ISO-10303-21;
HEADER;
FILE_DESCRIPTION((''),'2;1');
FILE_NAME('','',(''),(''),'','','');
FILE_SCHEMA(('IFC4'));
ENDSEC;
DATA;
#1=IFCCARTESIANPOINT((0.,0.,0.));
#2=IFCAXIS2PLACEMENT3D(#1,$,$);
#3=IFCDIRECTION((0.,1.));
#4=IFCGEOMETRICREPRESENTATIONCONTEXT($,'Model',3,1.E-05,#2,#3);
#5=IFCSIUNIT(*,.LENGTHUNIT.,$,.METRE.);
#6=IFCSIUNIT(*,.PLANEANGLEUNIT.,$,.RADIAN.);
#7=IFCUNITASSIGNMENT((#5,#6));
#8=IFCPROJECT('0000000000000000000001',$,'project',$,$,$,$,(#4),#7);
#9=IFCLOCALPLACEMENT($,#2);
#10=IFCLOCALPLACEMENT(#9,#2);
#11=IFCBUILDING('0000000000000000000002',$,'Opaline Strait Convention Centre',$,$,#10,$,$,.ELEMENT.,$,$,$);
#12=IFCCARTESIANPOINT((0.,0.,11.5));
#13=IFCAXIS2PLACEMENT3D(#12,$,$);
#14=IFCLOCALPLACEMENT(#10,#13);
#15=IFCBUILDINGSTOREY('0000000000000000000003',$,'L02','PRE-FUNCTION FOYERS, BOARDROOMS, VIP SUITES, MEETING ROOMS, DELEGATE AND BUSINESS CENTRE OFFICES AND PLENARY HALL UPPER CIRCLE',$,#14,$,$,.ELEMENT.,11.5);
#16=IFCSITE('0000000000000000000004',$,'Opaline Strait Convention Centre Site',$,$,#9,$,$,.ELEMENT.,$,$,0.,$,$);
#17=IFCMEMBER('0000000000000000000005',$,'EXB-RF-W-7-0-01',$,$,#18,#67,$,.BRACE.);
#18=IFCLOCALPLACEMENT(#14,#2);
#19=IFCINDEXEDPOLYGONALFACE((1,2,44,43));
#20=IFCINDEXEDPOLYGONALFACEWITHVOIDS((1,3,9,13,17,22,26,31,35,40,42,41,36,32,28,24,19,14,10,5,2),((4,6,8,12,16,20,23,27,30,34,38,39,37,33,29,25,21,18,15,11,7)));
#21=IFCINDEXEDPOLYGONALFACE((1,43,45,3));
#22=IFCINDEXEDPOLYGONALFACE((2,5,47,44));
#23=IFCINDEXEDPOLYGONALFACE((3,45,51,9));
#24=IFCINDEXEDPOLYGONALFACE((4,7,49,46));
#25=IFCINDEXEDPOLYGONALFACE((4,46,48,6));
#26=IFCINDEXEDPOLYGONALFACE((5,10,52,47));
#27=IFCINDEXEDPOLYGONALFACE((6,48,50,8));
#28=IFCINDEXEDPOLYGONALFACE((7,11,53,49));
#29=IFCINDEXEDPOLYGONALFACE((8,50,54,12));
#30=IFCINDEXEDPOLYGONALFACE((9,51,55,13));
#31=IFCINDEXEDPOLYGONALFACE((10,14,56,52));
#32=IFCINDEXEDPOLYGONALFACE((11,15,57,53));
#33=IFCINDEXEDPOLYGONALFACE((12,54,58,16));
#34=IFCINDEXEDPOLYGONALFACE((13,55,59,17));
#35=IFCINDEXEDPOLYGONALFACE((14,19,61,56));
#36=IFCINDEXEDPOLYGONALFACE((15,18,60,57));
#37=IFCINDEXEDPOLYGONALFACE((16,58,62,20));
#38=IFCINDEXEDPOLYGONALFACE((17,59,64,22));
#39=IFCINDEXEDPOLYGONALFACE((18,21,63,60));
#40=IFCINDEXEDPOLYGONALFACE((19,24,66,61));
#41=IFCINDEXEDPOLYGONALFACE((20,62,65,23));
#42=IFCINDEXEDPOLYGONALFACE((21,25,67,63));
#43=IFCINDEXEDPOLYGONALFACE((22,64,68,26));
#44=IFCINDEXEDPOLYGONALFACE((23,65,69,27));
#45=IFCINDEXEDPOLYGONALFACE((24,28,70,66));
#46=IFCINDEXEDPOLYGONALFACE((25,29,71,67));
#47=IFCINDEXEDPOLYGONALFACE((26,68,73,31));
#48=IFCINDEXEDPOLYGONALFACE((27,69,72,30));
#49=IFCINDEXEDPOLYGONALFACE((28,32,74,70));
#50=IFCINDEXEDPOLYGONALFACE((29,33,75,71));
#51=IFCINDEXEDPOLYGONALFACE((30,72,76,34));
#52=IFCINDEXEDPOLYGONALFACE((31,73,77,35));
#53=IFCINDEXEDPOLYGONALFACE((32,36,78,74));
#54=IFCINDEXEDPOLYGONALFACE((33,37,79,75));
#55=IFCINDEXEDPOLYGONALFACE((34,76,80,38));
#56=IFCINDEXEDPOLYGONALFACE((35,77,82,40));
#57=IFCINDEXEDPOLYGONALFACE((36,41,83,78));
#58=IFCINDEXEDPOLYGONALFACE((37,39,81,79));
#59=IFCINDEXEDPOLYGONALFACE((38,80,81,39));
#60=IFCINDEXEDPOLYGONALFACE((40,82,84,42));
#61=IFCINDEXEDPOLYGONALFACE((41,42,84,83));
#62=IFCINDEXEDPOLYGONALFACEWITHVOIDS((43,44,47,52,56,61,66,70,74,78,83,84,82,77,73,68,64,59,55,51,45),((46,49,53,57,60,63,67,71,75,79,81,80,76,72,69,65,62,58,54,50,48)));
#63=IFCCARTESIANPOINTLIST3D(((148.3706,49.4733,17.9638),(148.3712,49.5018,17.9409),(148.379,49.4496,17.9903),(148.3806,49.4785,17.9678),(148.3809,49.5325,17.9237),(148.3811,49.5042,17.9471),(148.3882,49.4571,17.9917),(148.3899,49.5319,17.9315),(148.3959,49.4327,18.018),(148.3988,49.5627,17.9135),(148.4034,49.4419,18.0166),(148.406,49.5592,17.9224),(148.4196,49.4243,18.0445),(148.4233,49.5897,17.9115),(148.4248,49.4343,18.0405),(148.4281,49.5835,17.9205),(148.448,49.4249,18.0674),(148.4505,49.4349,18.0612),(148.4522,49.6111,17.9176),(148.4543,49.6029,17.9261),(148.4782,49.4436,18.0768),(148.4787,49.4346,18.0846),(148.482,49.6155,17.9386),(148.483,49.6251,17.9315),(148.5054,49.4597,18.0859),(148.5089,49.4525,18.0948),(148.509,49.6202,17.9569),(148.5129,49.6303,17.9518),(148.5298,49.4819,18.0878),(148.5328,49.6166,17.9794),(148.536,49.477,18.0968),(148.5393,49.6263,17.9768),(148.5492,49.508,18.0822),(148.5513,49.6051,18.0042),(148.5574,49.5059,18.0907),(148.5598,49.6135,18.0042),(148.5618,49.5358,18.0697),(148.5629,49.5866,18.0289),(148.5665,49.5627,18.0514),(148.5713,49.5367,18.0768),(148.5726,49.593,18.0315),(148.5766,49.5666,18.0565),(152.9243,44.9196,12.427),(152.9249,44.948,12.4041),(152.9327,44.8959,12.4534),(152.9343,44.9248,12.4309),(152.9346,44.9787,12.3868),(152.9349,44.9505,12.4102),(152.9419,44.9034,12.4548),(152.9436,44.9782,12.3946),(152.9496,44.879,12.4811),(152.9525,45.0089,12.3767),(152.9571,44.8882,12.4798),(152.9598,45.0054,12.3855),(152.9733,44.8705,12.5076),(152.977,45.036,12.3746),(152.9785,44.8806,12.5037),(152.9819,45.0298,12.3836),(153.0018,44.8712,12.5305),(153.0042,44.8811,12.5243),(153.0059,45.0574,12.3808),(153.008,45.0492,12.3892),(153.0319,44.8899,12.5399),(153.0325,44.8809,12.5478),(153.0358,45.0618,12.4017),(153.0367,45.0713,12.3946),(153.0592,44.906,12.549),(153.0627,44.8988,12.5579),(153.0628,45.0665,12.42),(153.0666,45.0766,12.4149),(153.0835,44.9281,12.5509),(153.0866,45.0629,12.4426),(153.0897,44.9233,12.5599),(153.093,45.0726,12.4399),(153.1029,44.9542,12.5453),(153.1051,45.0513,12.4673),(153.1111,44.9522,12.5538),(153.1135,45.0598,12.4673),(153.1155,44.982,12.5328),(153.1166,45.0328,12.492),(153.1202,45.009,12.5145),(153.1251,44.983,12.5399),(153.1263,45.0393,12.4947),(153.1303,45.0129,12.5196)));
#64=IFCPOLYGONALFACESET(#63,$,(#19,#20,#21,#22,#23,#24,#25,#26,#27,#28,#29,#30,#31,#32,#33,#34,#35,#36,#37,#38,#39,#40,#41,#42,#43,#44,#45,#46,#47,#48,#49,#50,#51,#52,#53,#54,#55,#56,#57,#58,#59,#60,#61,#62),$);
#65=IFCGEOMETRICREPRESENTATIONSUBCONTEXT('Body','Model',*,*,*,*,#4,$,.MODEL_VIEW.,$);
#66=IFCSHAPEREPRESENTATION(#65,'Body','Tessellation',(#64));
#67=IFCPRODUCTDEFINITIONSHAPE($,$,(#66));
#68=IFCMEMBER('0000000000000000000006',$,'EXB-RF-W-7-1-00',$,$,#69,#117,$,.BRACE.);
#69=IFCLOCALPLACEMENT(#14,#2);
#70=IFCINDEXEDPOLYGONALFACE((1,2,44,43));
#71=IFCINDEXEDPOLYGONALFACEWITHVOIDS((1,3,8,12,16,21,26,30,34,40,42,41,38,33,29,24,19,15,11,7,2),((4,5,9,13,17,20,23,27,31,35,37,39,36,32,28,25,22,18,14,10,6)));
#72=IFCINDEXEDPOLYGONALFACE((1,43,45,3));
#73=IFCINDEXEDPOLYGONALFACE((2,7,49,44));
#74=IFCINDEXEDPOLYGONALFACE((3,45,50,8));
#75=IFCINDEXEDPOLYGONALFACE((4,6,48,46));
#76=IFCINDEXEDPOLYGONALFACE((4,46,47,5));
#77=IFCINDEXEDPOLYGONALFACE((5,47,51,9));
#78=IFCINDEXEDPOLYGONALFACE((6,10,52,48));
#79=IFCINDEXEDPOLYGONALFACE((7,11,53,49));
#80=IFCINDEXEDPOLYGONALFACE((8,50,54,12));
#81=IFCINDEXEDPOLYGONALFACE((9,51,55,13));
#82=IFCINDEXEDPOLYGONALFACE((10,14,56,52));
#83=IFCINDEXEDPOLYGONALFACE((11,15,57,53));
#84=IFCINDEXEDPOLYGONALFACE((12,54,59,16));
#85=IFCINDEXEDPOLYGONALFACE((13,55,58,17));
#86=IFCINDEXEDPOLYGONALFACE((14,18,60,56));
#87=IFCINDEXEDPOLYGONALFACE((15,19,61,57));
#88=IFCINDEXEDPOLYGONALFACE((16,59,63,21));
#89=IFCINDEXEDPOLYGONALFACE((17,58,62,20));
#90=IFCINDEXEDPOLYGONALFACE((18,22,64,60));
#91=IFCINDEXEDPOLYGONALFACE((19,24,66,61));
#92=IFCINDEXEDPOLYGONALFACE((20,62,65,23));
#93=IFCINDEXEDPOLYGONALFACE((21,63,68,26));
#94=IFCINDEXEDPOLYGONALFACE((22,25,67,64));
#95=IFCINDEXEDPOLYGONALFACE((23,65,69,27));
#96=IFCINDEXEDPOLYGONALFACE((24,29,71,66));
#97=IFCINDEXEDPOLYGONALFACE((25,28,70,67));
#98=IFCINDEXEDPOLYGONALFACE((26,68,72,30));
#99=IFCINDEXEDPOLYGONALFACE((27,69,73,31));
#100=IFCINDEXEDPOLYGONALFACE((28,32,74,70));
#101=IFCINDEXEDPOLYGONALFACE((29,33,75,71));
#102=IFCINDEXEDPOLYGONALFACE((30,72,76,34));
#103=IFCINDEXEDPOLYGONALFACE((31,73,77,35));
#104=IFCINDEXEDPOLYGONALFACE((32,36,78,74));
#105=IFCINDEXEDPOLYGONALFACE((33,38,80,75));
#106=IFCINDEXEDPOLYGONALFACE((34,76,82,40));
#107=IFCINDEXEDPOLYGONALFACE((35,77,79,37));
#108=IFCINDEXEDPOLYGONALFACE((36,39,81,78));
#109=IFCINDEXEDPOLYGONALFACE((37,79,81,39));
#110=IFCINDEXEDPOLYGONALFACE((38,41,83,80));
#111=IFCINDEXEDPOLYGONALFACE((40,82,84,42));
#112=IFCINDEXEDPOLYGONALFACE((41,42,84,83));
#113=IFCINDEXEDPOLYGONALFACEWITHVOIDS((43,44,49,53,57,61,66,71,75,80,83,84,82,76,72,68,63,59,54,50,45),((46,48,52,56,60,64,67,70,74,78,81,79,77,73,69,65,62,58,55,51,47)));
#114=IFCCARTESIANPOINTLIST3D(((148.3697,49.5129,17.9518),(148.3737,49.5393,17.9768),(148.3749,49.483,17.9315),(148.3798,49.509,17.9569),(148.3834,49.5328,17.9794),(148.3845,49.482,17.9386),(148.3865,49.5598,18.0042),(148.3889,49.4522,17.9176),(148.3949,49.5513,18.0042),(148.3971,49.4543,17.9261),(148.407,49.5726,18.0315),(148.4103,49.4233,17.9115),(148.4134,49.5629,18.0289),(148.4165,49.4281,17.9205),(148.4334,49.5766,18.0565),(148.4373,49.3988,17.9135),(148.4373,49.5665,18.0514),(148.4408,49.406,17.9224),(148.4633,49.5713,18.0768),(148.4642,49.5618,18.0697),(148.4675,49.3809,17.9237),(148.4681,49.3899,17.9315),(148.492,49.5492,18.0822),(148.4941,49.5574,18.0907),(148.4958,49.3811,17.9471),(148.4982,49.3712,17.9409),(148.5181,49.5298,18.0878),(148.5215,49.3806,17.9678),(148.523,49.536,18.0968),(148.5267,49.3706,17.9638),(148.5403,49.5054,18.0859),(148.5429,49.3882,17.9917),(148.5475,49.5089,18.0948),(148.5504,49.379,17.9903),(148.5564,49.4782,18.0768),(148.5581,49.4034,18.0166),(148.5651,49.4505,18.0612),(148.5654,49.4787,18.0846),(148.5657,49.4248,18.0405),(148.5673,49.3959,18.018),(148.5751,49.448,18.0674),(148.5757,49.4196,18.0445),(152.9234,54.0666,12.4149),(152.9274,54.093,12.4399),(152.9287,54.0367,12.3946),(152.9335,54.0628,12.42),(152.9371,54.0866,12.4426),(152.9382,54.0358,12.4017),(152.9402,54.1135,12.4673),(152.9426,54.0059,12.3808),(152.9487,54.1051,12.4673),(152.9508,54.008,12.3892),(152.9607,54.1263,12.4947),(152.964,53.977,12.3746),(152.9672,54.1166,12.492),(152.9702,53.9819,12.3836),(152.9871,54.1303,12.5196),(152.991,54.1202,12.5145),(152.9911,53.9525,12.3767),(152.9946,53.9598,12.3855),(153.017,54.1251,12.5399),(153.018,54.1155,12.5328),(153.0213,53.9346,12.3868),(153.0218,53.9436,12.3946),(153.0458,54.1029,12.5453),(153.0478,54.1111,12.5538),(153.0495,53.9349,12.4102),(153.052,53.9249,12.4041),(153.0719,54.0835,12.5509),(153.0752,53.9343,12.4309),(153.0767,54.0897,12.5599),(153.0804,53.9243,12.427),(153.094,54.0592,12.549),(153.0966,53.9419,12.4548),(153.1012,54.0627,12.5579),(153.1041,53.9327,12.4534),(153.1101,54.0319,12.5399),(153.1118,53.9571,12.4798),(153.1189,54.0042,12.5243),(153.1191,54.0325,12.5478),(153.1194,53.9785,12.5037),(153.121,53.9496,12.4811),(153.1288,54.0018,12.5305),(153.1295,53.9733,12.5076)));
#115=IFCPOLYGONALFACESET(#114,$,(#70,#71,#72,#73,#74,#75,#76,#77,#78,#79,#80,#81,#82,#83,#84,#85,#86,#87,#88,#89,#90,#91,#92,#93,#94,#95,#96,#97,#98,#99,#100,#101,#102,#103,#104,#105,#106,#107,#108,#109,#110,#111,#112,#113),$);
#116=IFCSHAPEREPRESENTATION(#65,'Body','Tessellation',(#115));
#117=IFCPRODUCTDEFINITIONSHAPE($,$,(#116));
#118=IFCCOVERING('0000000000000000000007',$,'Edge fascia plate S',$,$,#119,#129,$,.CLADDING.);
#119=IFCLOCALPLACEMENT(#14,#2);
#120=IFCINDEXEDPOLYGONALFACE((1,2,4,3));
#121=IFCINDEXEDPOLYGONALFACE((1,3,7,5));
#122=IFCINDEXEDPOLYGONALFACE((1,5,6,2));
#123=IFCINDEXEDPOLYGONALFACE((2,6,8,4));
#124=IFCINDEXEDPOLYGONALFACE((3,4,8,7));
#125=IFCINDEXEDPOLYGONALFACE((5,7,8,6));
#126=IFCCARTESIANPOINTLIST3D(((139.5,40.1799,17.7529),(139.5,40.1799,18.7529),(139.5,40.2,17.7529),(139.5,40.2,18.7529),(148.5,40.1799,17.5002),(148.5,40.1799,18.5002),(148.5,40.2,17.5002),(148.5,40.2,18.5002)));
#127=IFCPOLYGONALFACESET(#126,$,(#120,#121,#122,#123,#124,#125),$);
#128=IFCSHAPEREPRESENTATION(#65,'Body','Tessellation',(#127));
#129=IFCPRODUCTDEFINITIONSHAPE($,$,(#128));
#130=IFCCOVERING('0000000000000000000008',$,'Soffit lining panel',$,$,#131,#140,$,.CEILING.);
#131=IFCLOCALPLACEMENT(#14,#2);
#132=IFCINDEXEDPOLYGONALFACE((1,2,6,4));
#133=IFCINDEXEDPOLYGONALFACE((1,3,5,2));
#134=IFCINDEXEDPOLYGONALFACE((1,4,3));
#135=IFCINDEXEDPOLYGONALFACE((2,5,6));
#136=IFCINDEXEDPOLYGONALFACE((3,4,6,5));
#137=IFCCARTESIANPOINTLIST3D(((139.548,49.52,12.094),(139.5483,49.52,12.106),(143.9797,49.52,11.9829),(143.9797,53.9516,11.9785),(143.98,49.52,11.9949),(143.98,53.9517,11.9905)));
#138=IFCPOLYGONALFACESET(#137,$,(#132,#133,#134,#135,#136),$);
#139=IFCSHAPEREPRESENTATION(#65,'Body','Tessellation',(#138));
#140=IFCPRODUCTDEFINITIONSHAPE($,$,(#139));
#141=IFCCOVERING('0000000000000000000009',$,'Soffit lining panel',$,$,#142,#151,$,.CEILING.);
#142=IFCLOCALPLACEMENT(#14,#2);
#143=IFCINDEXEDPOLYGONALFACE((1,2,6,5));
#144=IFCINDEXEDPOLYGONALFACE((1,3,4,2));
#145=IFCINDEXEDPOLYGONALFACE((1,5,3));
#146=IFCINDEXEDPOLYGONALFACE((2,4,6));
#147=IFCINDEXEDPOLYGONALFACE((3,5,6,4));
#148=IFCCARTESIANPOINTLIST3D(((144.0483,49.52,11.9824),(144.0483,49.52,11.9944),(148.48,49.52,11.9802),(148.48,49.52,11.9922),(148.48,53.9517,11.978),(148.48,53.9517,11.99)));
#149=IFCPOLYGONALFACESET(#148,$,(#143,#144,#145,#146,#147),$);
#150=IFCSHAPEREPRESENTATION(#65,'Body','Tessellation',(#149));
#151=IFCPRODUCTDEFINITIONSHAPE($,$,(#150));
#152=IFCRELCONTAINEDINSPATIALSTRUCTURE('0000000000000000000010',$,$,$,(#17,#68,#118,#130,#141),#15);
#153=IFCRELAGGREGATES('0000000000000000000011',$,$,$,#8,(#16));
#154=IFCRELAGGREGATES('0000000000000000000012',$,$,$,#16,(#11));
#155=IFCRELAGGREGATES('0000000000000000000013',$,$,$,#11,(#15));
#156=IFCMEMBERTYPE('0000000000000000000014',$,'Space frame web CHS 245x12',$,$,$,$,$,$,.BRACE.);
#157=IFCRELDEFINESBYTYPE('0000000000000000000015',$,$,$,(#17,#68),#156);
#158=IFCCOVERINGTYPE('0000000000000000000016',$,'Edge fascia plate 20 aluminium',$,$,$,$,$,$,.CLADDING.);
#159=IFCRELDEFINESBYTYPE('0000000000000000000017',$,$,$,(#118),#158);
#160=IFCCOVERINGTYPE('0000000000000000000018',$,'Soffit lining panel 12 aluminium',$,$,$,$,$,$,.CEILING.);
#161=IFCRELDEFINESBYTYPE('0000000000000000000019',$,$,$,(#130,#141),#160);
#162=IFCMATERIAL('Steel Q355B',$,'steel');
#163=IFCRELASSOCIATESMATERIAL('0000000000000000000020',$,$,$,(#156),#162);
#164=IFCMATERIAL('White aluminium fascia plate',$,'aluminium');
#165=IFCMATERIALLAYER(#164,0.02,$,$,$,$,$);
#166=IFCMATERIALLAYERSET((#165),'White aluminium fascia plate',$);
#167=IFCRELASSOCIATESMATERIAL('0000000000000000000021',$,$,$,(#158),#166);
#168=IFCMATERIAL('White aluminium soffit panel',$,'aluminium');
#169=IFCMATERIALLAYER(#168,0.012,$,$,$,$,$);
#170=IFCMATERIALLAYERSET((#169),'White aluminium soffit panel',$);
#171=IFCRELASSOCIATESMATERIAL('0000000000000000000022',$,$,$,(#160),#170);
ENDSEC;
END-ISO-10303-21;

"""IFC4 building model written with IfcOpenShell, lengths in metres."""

from ifc_helpers import new_model, si_unit, direction, frame, origin, origin_2d, place, context, subcontext, project, spatial, polyline, hollow_circle, outline, extrude, material, layer, layer_set, material_profile, profile_set, type_object, element, save


model = new_model("IFC4")

# Units and contexts
model_context = context("Model", 3, precision=1e-05, world=origin(), true_north=direction((0.0, 1.0)))
body_context = subcontext(model_context, "Body", "Model", "MODEL_VIEW")
ifc_project = project(units=[si_unit("LENGTHUNIT", "METRE"), si_unit("PLANEANGLEUNIT", "RADIAN")], contexts=[model_context])

# Site, building, storey
site_placement = place(None, origin())
site = spatial("IfcSite", under=ifc_project, at=site_placement, Name="Opaline Strait Convention Centre Site", CompositionType="ELEMENT", RefElevation=0.0)
building_placement = place(site_placement, origin())
building = spatial("IfcBuilding", under=site, at=building_placement, Name="Opaline Strait Convention Centre", CompositionType="ELEMENT")
storey_placement = place(building_placement, frame((0.0, 0.0, 11.5)))
storey = spatial("IfcBuildingStorey", under=building, at=storey_placement, Name="L02", Description="PRE-FUNCTION FOYERS, BOARDROOMS, VIP SUITES, MEETING ROOMS, DELEGATE AND BUSINESS CENTRE OFFICES AND PLENARY HALL UPPER CIRCLE", CompositionType="ELEMENT", Elevation=11.5)

# Members
ifc_material_1 = material(Name="Steel Q355B", Category="steel")
ifc_material_profile_1 = material_profile(ifc_material_1, hollow_circle(Radius=0.1226, WallThickness=0.012, at=origin_2d()), Name="CHS 245x12")
ifc_profile_set_1 = profile_set([ifc_material_profile_1], Name="Steel Q355B")
member_type_1 = type_object("IfcMemberType", Name="Space frame web CHS 245x12", PredefinedType="BRACE", material=ifc_profile_set_1)
for number, where, z_axis, x_axis, name in (
    (1, (148.4731, 49.5269, 18.0042), (0.536178, -0.536178, -0.65194), (0.707107, 0.707107, 0.0), "EXB-RF-W-7-0-01"),
    (2, (148.4731, 49.4731, 18.0042), (0.536178, 0.536178, -0.65194), (-0.707107, 0.707107, 0.0), "EXB-RF-W-7-1-00"),
):
    element("IfcMember", number, at=place(storey_placement, frame(where, z_axis=z_axis, x_axis=x_axis)), inside=storey, type_object=member_type_1, Name=name, PredefinedType="BRACE", context=body_context, shape_type="SweptSolid", body=[
        extrude(hollow_circle(Radius=0.1226, WallThickness=0.012, at=origin_2d()), origin(), (0.0, 0.0, 1.0), 8.4929),
    ])

# Coverings
ifc_material_2 = material(Name="White aluminium fascia plate", Category="aluminium")
ifc_layer_1 = layer(ifc_material_2, 0.02)
ifc_layer_set_1 = layer_set([ifc_layer_1], Name="White aluminium fascia plate")
covering_type_1 = type_object("IfcCoveringType", Name="Edge fascia plate 20 aluminium", PredefinedType="CLADDING", material=ifc_layer_set_1)
covering_1_placement = place(storey_placement, frame((144.0, 40.2, 18.1265), z_axis=(0.0, -1.0, 0.0), x_axis=(1.0, 0.0, 0.0)))
element("IfcCovering", 3, at=covering_1_placement, inside=storey, type_object=covering_type_1, Name="Edge fascia plate S", PredefinedType="CLADDING", context=body_context, shape_type="SweptSolid", body=[
    extrude(outline(polyline([(-4.5, 0.6265), (4.5, 0.3738), (4.5, -0.6262), (-4.5, -0.3735), (-4.5, 0.6265)])), origin(), (0.0, 0.0, 1.0), 0.02),
])
ifc_material_3 = material(Name="White aluminium soffit panel", Category="aluminium")
ifc_layer_2 = layer(ifc_material_3, 0.012)
ifc_layer_set_2 = layer_set([ifc_layer_2], Name="White aluminium soffit panel")
covering_type_2 = type_object("IfcCoveringType", Name="Soffit lining panel 12 aluminium", PredefinedType="CEILING", material=ifc_layer_set_2)
covering_2_placement = place(storey_placement, frame((139.5483, 49.52, 12.106), z_axis=(0.025058, 0.000991, 0.999686), x_axis=(0.706987, 0.706987, -0.018422)))
element("IfcCovering", 4, at=covering_2_placement, inside=storey, type_object=covering_type_2, Name="Soffit lining panel", PredefinedType="CEILING", context=body_context, shape_type="SweptSolid", body=[
    extrude(outline(polyline([(0.0, 0.0), (6.2684, 0.0), (3.1352, -3.1341), (0.0, 0.0)])), origin(), (0.0, 0.0, -1.0), 0.012),
])
covering_3_placement = place(storey_placement, frame((144.0483, 49.52, 11.9944), z_axis=(0.000496, 0.000496, 1.0), x_axis=(0.707107, 0.707107, -0.000701)))
element("IfcCovering", 5, at=covering_3_placement, inside=storey, type_object=covering_type_2, Name="Soffit lining panel", PredefinedType="CEILING", context=body_context, shape_type="SweptSolid", body=[
    extrude(outline(polyline([(0.0, 0.0), (6.2673, 0.0), (3.1336, -3.1336), (0.0, 0.0)])), origin(), (0.0, 0.0, -1.0), 0.012),
])

save(model, "model.ifc")
